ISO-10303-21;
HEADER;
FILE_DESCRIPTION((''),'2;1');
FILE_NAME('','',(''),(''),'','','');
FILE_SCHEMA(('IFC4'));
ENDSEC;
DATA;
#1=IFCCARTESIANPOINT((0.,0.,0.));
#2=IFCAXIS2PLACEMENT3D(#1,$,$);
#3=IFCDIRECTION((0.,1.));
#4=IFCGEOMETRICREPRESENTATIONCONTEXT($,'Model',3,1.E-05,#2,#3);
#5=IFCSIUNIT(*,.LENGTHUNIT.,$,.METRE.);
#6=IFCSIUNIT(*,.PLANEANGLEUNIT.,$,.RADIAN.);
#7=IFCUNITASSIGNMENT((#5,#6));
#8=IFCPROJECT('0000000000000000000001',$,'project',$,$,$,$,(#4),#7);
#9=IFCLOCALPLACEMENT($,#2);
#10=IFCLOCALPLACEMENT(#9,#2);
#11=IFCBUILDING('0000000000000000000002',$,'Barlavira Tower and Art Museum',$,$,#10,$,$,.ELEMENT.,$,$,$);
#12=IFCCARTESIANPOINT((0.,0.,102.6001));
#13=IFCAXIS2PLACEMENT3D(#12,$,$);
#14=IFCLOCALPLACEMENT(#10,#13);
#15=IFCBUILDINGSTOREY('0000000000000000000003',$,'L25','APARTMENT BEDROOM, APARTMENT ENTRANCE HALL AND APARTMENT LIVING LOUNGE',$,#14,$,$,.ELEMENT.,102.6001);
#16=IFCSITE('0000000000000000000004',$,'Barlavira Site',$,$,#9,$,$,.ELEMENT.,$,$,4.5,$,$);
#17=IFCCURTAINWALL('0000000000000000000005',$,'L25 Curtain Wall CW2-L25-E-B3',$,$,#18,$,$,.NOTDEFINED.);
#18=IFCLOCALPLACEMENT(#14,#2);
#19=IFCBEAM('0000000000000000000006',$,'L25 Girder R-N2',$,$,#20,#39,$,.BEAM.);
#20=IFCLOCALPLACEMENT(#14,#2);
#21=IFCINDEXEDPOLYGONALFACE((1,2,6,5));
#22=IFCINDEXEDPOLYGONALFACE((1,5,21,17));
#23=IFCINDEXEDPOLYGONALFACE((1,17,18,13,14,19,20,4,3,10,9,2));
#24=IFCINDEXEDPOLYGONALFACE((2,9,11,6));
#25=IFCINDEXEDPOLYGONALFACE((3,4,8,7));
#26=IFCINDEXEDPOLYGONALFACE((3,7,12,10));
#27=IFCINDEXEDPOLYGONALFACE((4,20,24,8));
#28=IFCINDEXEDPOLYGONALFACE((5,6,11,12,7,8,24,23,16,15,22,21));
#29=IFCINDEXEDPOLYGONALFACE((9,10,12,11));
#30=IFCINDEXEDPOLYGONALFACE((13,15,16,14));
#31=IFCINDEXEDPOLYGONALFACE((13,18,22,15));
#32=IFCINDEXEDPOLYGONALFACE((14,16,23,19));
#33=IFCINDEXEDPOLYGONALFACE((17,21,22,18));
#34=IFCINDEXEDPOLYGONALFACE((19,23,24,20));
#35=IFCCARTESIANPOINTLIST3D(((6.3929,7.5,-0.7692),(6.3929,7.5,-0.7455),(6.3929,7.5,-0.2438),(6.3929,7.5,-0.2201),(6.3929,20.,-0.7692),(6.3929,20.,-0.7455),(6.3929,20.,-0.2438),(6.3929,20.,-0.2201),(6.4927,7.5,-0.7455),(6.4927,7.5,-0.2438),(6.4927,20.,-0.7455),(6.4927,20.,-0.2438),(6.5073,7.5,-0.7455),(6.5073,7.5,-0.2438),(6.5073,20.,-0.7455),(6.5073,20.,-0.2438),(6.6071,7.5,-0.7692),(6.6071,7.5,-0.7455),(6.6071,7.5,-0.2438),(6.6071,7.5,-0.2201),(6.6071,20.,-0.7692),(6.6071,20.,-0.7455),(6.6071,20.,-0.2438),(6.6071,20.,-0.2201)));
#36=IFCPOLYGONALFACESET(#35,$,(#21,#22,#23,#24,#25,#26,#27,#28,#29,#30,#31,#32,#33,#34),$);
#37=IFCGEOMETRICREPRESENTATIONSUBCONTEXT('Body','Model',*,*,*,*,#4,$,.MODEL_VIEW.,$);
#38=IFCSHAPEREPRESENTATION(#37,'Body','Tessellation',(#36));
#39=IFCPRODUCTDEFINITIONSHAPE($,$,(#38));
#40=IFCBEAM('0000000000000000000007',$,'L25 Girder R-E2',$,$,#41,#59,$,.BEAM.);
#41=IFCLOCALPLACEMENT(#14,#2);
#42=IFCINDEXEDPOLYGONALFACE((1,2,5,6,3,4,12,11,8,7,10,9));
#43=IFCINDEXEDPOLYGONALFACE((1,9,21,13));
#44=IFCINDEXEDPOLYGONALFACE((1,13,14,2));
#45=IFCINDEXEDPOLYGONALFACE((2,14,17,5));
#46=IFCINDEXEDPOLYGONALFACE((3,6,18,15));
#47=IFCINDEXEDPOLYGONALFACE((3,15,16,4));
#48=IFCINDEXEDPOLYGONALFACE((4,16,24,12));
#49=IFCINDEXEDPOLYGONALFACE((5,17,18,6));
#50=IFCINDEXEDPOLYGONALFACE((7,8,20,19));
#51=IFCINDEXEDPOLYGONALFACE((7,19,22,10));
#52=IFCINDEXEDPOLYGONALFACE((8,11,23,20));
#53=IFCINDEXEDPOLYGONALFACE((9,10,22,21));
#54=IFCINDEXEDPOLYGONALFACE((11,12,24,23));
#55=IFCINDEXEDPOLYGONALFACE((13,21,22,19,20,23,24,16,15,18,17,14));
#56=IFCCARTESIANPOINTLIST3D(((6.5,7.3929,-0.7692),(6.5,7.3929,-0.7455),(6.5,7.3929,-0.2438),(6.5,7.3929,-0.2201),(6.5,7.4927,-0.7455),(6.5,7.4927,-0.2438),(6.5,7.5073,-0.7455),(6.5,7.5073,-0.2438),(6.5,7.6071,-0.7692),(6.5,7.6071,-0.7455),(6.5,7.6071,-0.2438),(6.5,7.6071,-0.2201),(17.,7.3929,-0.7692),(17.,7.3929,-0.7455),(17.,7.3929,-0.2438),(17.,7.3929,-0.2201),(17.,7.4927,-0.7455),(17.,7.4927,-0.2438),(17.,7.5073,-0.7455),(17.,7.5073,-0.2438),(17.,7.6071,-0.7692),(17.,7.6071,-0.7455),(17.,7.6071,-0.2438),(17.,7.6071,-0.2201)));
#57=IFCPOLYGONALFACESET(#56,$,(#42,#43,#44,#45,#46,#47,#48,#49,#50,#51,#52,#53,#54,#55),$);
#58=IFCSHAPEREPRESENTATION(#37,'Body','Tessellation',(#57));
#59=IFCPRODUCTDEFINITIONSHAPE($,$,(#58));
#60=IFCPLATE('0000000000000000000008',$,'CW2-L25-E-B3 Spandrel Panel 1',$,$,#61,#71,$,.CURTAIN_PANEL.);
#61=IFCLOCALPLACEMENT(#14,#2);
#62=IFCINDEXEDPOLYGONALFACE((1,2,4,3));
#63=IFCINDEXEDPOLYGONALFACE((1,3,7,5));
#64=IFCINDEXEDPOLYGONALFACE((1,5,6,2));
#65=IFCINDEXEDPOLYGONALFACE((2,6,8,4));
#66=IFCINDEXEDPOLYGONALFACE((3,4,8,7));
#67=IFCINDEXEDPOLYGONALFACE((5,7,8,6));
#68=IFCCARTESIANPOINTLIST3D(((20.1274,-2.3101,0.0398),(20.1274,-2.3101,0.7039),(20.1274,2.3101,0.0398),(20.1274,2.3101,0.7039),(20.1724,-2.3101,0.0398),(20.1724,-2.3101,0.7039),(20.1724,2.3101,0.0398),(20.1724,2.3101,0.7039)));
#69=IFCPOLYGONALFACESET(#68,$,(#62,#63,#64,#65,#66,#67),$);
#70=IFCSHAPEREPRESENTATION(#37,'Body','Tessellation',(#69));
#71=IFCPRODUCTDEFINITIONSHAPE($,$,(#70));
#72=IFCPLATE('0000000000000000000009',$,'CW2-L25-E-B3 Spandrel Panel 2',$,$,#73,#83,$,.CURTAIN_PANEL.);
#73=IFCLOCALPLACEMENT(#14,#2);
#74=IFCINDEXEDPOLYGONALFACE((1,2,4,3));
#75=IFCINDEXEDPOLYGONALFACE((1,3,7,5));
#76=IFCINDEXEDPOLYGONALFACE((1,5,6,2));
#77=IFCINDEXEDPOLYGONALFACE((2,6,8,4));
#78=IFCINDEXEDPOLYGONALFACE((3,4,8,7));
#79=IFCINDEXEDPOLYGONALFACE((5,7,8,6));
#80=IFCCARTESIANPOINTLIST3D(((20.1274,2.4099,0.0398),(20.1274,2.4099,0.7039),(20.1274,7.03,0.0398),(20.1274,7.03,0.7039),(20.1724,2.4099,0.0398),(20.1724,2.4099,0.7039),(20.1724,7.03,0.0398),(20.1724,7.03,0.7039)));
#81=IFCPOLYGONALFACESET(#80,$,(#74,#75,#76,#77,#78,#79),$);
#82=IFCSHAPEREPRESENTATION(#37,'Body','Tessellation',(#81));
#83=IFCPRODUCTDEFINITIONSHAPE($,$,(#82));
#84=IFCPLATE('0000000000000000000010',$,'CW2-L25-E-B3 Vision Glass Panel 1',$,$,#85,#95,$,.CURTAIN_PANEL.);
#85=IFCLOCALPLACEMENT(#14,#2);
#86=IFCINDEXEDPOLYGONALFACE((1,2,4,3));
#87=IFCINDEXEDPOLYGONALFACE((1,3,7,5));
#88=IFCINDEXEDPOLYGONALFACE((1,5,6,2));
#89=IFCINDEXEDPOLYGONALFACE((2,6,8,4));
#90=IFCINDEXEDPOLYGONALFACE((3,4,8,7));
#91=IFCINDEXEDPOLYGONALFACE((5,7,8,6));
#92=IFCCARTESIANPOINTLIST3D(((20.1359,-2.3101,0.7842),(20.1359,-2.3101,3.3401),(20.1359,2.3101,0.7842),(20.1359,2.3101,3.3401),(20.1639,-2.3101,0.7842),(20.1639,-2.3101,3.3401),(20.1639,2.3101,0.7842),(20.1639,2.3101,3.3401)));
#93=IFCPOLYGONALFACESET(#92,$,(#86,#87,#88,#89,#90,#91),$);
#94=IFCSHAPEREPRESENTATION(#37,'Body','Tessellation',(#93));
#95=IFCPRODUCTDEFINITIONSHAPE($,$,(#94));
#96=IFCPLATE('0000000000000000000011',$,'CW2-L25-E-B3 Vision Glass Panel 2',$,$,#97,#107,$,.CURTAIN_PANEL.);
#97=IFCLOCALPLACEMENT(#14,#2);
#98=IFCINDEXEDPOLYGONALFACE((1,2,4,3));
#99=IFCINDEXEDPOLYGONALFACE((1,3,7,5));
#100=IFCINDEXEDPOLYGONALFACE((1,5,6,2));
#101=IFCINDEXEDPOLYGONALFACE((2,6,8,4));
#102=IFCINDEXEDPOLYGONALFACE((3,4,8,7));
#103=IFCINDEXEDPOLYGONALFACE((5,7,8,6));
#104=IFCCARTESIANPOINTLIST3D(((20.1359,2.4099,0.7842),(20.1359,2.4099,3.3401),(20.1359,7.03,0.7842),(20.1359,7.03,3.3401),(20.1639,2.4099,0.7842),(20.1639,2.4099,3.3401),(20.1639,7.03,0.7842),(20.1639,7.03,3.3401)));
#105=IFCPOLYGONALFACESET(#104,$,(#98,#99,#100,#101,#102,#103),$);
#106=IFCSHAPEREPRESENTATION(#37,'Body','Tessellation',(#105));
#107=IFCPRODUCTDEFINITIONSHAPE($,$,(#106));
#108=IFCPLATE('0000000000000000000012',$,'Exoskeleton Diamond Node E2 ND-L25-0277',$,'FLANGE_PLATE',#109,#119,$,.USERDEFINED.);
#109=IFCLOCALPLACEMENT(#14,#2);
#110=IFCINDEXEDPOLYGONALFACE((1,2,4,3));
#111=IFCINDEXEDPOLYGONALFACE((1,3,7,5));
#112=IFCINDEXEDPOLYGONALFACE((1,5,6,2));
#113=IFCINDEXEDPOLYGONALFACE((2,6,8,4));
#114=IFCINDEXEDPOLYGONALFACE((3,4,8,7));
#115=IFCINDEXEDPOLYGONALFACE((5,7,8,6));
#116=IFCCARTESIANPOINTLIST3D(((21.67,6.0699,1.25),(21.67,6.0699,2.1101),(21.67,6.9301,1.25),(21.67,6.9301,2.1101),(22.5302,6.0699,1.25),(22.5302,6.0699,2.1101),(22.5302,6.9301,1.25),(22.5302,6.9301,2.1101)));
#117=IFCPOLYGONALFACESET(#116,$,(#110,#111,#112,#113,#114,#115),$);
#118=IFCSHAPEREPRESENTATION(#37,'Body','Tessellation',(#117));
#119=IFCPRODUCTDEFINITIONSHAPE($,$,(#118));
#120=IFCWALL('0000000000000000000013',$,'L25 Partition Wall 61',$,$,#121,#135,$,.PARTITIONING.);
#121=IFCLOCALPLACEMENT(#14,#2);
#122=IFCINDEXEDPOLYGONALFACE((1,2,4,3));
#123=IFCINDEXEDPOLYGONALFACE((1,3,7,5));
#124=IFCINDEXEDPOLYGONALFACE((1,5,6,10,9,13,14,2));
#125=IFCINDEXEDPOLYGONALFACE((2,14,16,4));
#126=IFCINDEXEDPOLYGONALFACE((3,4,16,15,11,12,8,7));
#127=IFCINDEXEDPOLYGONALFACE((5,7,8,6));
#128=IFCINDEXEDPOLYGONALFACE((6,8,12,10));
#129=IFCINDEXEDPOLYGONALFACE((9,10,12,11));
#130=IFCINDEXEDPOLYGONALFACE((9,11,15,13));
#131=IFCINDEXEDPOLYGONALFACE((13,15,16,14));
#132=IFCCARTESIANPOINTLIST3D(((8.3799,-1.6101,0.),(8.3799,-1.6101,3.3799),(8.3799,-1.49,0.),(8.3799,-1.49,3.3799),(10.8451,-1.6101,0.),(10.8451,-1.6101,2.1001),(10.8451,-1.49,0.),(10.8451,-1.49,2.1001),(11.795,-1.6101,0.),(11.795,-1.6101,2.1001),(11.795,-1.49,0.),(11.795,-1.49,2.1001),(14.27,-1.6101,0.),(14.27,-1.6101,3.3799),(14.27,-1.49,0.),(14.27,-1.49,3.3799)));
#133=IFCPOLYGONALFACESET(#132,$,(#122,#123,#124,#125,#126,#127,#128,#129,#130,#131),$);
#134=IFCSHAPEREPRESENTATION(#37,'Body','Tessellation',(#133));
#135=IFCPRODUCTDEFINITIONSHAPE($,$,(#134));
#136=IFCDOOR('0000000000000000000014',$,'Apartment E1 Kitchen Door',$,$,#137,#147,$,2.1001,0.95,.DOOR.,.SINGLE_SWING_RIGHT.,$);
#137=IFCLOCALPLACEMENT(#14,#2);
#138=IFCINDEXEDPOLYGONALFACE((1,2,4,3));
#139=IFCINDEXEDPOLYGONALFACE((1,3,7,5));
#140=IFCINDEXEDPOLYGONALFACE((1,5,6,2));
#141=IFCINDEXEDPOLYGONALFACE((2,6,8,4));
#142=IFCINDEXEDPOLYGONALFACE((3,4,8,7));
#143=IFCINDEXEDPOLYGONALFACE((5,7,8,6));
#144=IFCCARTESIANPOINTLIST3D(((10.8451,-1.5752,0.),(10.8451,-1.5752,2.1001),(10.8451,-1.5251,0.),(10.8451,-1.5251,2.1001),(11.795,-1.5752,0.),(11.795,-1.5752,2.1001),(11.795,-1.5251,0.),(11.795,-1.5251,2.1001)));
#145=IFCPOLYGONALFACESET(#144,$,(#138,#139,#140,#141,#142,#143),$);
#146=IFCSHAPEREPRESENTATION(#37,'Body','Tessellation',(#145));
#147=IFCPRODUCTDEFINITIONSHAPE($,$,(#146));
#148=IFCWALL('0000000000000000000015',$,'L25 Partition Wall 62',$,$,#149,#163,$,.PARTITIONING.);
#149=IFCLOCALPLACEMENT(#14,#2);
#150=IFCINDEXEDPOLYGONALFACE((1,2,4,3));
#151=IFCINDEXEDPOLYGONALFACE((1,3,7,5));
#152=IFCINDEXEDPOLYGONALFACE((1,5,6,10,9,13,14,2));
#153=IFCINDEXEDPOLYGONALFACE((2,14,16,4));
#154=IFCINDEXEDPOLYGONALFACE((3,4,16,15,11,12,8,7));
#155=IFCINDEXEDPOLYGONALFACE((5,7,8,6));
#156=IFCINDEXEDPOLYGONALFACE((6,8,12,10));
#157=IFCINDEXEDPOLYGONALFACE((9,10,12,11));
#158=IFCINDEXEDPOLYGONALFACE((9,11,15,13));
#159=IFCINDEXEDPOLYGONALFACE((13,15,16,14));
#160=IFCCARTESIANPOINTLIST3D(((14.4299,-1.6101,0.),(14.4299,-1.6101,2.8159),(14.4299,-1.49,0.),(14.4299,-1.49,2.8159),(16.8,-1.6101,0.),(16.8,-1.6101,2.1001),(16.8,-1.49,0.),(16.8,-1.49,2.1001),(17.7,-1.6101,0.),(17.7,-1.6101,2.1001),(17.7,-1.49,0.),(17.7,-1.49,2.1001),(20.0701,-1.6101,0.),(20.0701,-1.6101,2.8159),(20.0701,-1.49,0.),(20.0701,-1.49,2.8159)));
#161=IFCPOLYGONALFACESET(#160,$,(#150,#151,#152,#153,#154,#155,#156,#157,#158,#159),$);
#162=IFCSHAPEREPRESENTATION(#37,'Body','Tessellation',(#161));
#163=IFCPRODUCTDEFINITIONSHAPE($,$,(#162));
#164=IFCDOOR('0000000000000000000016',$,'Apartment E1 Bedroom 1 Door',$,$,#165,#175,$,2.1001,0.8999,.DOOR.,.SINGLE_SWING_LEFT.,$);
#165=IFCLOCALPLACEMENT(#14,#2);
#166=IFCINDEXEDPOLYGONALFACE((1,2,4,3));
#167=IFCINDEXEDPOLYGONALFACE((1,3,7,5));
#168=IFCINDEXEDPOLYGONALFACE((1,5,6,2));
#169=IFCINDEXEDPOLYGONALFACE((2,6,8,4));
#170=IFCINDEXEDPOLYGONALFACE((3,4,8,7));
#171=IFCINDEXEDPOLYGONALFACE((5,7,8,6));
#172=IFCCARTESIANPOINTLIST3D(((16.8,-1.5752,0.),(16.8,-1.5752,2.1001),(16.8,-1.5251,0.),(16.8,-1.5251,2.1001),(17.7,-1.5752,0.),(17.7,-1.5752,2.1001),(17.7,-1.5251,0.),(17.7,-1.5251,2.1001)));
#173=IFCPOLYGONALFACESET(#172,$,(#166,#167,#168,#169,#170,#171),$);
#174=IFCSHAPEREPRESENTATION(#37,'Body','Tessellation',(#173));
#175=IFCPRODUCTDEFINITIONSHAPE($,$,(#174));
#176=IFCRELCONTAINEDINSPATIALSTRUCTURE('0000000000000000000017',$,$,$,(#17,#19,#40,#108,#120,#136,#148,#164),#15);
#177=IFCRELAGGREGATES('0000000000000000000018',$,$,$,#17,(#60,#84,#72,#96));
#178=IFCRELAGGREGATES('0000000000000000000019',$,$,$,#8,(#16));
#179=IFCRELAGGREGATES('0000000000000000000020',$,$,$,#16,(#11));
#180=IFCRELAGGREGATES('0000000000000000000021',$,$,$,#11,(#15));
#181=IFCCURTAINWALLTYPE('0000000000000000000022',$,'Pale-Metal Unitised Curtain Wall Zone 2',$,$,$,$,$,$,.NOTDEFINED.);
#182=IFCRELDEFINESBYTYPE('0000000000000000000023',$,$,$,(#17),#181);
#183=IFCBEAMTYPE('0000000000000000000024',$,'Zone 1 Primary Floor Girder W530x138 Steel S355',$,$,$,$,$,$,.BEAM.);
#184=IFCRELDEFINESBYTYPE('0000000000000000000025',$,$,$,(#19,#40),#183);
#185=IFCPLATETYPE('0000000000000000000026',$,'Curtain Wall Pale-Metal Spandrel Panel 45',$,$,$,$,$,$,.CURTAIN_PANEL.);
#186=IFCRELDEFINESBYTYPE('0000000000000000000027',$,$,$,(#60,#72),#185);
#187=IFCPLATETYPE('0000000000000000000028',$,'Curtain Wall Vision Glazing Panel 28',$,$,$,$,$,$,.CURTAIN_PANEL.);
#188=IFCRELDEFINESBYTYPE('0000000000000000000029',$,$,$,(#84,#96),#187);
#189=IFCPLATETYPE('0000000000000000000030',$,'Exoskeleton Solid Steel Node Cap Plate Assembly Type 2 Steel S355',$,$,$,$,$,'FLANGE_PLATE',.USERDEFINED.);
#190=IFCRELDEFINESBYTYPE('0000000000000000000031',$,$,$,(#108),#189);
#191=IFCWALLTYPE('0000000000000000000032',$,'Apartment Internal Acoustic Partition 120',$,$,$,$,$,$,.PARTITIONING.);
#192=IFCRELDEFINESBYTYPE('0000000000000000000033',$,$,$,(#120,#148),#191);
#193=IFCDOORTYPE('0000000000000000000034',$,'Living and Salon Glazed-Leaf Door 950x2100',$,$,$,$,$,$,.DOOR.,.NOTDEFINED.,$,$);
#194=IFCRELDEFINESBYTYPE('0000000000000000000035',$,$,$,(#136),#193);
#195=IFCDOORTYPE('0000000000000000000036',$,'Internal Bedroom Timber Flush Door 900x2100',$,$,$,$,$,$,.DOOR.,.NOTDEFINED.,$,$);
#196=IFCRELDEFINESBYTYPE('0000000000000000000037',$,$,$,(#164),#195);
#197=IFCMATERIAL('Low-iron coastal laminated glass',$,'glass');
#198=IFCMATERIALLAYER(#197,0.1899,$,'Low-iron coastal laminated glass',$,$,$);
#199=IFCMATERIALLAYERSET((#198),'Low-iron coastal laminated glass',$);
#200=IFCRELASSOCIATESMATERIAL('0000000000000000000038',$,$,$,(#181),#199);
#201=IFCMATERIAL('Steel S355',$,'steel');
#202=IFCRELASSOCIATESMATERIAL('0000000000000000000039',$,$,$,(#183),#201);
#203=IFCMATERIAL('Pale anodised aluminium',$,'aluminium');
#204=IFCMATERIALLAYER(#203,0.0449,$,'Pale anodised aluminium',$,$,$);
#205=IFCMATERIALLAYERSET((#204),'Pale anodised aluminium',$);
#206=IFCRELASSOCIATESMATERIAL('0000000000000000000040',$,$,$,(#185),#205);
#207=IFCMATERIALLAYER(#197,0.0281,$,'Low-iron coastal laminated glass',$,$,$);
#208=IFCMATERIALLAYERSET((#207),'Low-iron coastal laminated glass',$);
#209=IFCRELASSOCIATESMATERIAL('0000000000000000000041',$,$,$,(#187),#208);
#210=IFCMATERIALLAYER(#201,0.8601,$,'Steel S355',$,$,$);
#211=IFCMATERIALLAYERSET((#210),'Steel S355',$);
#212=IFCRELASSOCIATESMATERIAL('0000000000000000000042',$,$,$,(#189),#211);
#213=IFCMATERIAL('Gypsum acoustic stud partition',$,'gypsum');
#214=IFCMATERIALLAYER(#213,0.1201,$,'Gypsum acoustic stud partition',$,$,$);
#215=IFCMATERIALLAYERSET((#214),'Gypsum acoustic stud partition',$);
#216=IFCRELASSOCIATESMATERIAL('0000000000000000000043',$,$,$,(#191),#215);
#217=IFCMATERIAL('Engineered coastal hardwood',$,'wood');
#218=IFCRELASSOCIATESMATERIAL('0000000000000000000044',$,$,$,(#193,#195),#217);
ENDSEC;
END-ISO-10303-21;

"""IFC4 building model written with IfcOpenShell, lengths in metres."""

from ifc_helpers import new_model, si_unit, direction, frame, frame_2d, origin, origin_2d, place, context, subcontext, project, spatial, rectangle, i_section, extrude, material, layer, layer_set, material_profile, profile_set, type_object, element, fill, aggregate, save


model = new_model("IFC4")

# Units and contexts
model_context = context("Model", 3, precision=1e-05, world=origin(), true_north=direction((0.0, 1.0)))
body_context = subcontext(model_context, "Body", "Model", "MODEL_VIEW")
ifc_project = project(units=[si_unit("LENGTHUNIT", "METRE"), si_unit("PLANEANGLEUNIT", "RADIAN")], contexts=[model_context])

# Site, building, storey
site_placement = place(None, origin())
site = spatial("IfcSite", under=ifc_project, at=site_placement, Name="Barlavira Site", CompositionType="ELEMENT", RefElevation=4.5)
building_placement = place(site_placement, origin())
building = spatial("IfcBuilding", under=site, at=building_placement, Name="Barlavira Tower and Art Museum", CompositionType="ELEMENT")
storey_placement = place(building_placement, frame((0.0, 0.0, 102.6001)))
storey = spatial("IfcBuildingStorey", under=building, at=storey_placement, Name="L25", Description="APARTMENT BEDROOM, APARTMENT ENTRANCE HALL AND APARTMENT LIVING LOUNGE", CompositionType="ELEMENT", Elevation=102.6001)

# Shared definitions
ifc_material_1 = material(Name="Steel S355", Category="steel")

# Curtain wall
ifc_material_2 = material(Name="Low-iron coastal laminated glass", Category="glass")
ifc_layer_1 = layer(ifc_material_2, 0.1899, Name="Low-iron coastal laminated glass")
ifc_layer_set_1 = layer_set([ifc_layer_1], Name="Low-iron coastal laminated glass")
curtain_wall_type = type_object("IfcCurtainWallType", Name="Pale-Metal Unitised Curtain Wall Zone 2", PredefinedType="NOTDEFINED", material=ifc_layer_set_1)
curtain_wall_placement = place(storey_placement, origin())
curtain_wall = element("IfcCurtainWall", 1, at=curtain_wall_placement, inside=storey, type_object=curtain_wall_type, Name="L25 Curtain Wall CW2-L25-E-B3", PredefinedType="NOTDEFINED")
ifc_material_3 = material(Name="Pale anodised aluminium", Category="aluminium")

# Beams
ifc_material_profile_1 = material_profile(ifc_material_1, i_section(OverallWidth=0.2141, OverallDepth=0.5491, WebThickness=0.0146, FlangeThickness=0.0237, at=origin_2d()), Name="W530x138.0")
ifc_profile_set_1 = profile_set([ifc_material_profile_1], Name="Steel S355")
beam_type = type_object("IfcBeamType", Name="Zone 1 Primary Floor Girder W530x138 Steel S355", PredefinedType="BEAM", material=ifc_profile_set_1)
beam_1_placement = place(storey_placement, frame((6.5, 7.5, -0.4946), z_axis=(0.0, 1.0, 0.0), x_axis=(-1.0, 0.0, 0.0)))
element("IfcBeam", 2, at=beam_1_placement, inside=storey, type_object=beam_type, Name="L25 Girder R-N2", PredefinedType="BEAM", context=body_context, shape_type="SweptSolid", body=[
    extrude(i_section(OverallWidth=0.2141, OverallDepth=0.5491, WebThickness=0.0146, FlangeThickness=0.0237, at=origin_2d()), origin(), (0.0, 0.0, 1.0), 12.5),
])
beam_2_placement = place(storey_placement, frame((6.5, 7.5, -0.4946), z_axis=(1.0, 0.0, 0.0), x_axis=(0.0, 1.0, 0.0)))
element("IfcBeam", 3, at=beam_2_placement, inside=storey, type_object=beam_type, Name="L25 Girder R-E2", PredefinedType="BEAM", context=body_context, shape_type="SweptSolid", body=[
    extrude(i_section(OverallWidth=0.2141, OverallDepth=0.5491, WebThickness=0.0146, FlangeThickness=0.0237, at=origin_2d()), origin(), (0.0, 0.0, 1.0), 10.5),
])

# Plates
ifc_layer_2 = layer(ifc_material_3, 0.0449, Name="Pale anodised aluminium")
ifc_layer_set_2 = layer_set([ifc_layer_2], Name="Pale anodised aluminium")
plate_type_1 = type_object("IfcPlateType", Name="Curtain Wall Pale-Metal Spandrel Panel 45", PredefinedType="CURTAIN_PANEL", material=ifc_layer_set_2)
plate_1_placement = place(storey_placement, frame((20.1499, 0.0, 0.0398), z_axis=(0.0, 0.0, 1.0), x_axis=(0.0, 1.0, 0.0)))
plate_1 = element("IfcPlate", 4, at=plate_1_placement, type_object=plate_type_1, Name="CW2-L25-E-B3 Spandrel Panel 1", PredefinedType="CURTAIN_PANEL", context=body_context, shape_type="SweptSolid", body=[
    extrude(rectangle(XDim=4.6201, YDim=0.0449, at=origin_2d()), origin(), (0.0, 0.0, 1.0), 0.6641),
])
plate_2_placement = place(storey_placement, frame((20.1499, 4.72, 0.0398), z_axis=(0.0, 0.0, 1.0), x_axis=(0.0, 1.0, 0.0)))
plate_2 = element("IfcPlate", 5, at=plate_2_placement, type_object=plate_type_1, Name="CW2-L25-E-B3 Spandrel Panel 2", PredefinedType="CURTAIN_PANEL", context=body_context, shape_type="SweptSolid", body=[
    extrude(rectangle(XDim=4.6201, YDim=0.0449, at=origin_2d()), origin(), (0.0, 0.0, 1.0), 0.6641),
])
ifc_layer_3 = layer(ifc_material_2, 0.0281, Name="Low-iron coastal laminated glass")
ifc_layer_set_3 = layer_set([ifc_layer_3], Name="Low-iron coastal laminated glass")
plate_type_2 = type_object("IfcPlateType", Name="Curtain Wall Vision Glazing Panel 28", PredefinedType="CURTAIN_PANEL", material=ifc_layer_set_3)
plate_3_placement = place(storey_placement, frame((20.1499, 0.0, 0.7842), z_axis=(0.0, 0.0, 1.0), x_axis=(0.0, 1.0, 0.0)))
plate_3 = element("IfcPlate", 6, at=plate_3_placement, type_object=plate_type_2, Name="CW2-L25-E-B3 Vision Glass Panel 1", PredefinedType="CURTAIN_PANEL", context=body_context, shape_type="SweptSolid", body=[
    extrude(rectangle(XDim=4.6201, YDim=0.0281, at=origin_2d()), origin(), (0.0, 0.0, 1.0), 2.5559),
])
plate_4_placement = place(storey_placement, frame((20.1499, 4.72, 0.7842), z_axis=(0.0, 0.0, 1.0), x_axis=(0.0, 1.0, 0.0)))
plate_4 = element("IfcPlate", 7, at=plate_4_placement, type_object=plate_type_2, Name="CW2-L25-E-B3 Vision Glass Panel 2", PredefinedType="CURTAIN_PANEL", context=body_context, shape_type="SweptSolid", body=[
    extrude(rectangle(XDim=4.6201, YDim=0.0281, at=origin_2d()), origin(), (0.0, 0.0, 1.0), 2.5559),
])
aggregate(curtain_wall, [plate_1, plate_3, plate_2, plate_4])
ifc_layer_4 = layer(ifc_material_1, 0.8601, Name="Steel S355")
ifc_layer_set_4 = layer_set([ifc_layer_4], Name="Steel S355")
plate_type_3 = type_object("IfcPlateType", Name="Exoskeleton Solid Steel Node Cap Plate Assembly Type 2 Steel S355", ElementType="FLANGE_PLATE", PredefinedType="USERDEFINED", material=ifc_layer_set_4)
plate_5_placement = place(storey_placement, frame((22.1001, 6.5, 1.25), z_axis=(0.0, 0.0, 1.0), x_axis=(1.0, 0.0, 0.0)))
element("IfcPlate", 8, at=plate_5_placement, inside=storey, type_object=plate_type_3, Name="Exoskeleton Diamond Node E2 ND-L25-0277", ObjectType="FLANGE_PLATE", PredefinedType="USERDEFINED", context=body_context, shape_type="SweptSolid", body=[
    extrude(rectangle(XDim=0.8601, YDim=0.8601, at=origin_2d()), origin(), (0.0, 0.0, 1.0), 0.8601),
])

# Walls, openings, doors
ifc_material_4 = material(Name="Gypsum acoustic stud partition", Category="gypsum")
ifc_layer_5 = layer(ifc_material_4, 0.1201, Name="Gypsum acoustic stud partition")
ifc_layer_set_5 = layer_set([ifc_layer_5], Name="Gypsum acoustic stud partition")
wall_type_1 = type_object("IfcWallType", Name="Apartment Internal Acoustic Partition 120", PredefinedType="PARTITIONING", material=ifc_layer_set_5)
wall_1_placement = place(storey_placement, frame((8.3799, -1.55, 0.0), z_axis=(0.0, 0.0, 1.0), x_axis=(1.0, 0.0, 0.0)))
wall_1 = element("IfcWall", 9, at=wall_1_placement, inside=storey, type_object=wall_type_1, Name="L25 Partition Wall 61", PredefinedType="PARTITIONING", context=body_context, shape_type="SweptSolid", body=[
    extrude(rectangle(XDim=5.8901, YDim=0.1201, at=frame_2d((2.9451, 0.0))), origin(), (0.0, 0.0, 1.0), 3.3799),
])
opening_1_placement = place(wall_1_placement, frame((2.4651, 0.0, 0.0)))
opening_1 = element("IfcOpeningElement", 10, at=opening_1_placement, cuts=wall_1, PredefinedType="OPENING", context=body_context, shape_type="SweptSolid", body=[
    extrude(rectangle(XDim=0.95, YDim=2.1001, at=frame_2d((0.4751, 1.05))), frame((0.0, 0.0701, 0.0), z_axis=(0.0, -1.0, 0.0), x_axis=(1.0, 0.0, 0.0)), (0.0, 0.0, 1.0), 0.1401),
])
ifc_material_5 = material(Name="Engineered coastal hardwood", Category="wood")
door_type_1 = type_object("IfcDoorType", Name="Living and Salon Glazed-Leaf Door 950x2100", OperationType="NOTDEFINED", PredefinedType="DOOR", material=ifc_material_5)
door_1_placement = place(opening_1_placement, origin())
door_1 = element("IfcDoor", 11, at=door_1_placement, inside=storey, type_object=door_type_1, Name="Apartment E1 Kitchen Door", OperationType="SINGLE_SWING_RIGHT", OverallHeight=2.1001, OverallWidth=0.95, PredefinedType="DOOR", context=body_context, shape_type="SweptSolid", body=[
    extrude(rectangle(XDim=0.95, YDim=2.1001, at=frame_2d((0.4751, 1.05))), frame((0.0, 0.0249, 0.0), z_axis=(0.0, -1.0, 0.0), x_axis=(1.0, 0.0, 0.0)), (0.0, 0.0, 1.0), 0.05),
])
fill(opening_1, door_1)
wall_2_placement = place(storey_placement, frame((14.4299, -1.55, 0.0), z_axis=(0.0, 0.0, 1.0), x_axis=(1.0, 0.0, 0.0)))
wall_2 = element("IfcWall", 12, at=wall_2_placement, inside=storey, type_object=wall_type_1, Name="L25 Partition Wall 62", PredefinedType="PARTITIONING", context=body_context, shape_type="SweptSolid", body=[
    extrude(rectangle(XDim=5.6401, YDim=0.1201, at=frame_2d((2.8201, 0.0))), origin(), (0.0, 0.0, 1.0), 2.8159),
])
opening_2_placement = place(wall_2_placement, frame((2.3701, 0.0, 0.0)))
opening_2 = element("IfcOpeningElement", 13, at=opening_2_placement, cuts=wall_2, PredefinedType="OPENING", context=body_context, shape_type="SweptSolid", body=[
    extrude(rectangle(XDim=0.8999, YDim=2.1001, at=frame_2d((0.45, 1.05))), frame((0.0, 0.0701, 0.0), z_axis=(0.0, -1.0, 0.0), x_axis=(1.0, 0.0, 0.0)), (0.0, 0.0, 1.0), 0.1401),
])
door_type_2 = type_object("IfcDoorType", Name="Internal Bedroom Timber Flush Door 900x2100", OperationType="NOTDEFINED", PredefinedType="DOOR", material=ifc_material_5)
door_2_placement = place(opening_2_placement, origin())
door_2 = element("IfcDoor", 14, at=door_2_placement, inside=storey, type_object=door_type_2, Name="Apartment E1 Bedroom 1 Door", OperationType="SINGLE_SWING_LEFT", OverallHeight=2.1001, OverallWidth=0.8999, PredefinedType="DOOR", context=body_context, shape_type="SweptSolid", body=[
    extrude(rectangle(XDim=0.8999, YDim=2.1001, at=frame_2d((0.45, 1.05))), frame((0.0, 0.0249, 0.0), z_axis=(0.0, -1.0, 0.0), x_axis=(1.0, 0.0, 0.0)), (0.0, 0.0, 1.0), 0.05),
])
fill(opening_2, door_2)

save(model, "model.ifc")
